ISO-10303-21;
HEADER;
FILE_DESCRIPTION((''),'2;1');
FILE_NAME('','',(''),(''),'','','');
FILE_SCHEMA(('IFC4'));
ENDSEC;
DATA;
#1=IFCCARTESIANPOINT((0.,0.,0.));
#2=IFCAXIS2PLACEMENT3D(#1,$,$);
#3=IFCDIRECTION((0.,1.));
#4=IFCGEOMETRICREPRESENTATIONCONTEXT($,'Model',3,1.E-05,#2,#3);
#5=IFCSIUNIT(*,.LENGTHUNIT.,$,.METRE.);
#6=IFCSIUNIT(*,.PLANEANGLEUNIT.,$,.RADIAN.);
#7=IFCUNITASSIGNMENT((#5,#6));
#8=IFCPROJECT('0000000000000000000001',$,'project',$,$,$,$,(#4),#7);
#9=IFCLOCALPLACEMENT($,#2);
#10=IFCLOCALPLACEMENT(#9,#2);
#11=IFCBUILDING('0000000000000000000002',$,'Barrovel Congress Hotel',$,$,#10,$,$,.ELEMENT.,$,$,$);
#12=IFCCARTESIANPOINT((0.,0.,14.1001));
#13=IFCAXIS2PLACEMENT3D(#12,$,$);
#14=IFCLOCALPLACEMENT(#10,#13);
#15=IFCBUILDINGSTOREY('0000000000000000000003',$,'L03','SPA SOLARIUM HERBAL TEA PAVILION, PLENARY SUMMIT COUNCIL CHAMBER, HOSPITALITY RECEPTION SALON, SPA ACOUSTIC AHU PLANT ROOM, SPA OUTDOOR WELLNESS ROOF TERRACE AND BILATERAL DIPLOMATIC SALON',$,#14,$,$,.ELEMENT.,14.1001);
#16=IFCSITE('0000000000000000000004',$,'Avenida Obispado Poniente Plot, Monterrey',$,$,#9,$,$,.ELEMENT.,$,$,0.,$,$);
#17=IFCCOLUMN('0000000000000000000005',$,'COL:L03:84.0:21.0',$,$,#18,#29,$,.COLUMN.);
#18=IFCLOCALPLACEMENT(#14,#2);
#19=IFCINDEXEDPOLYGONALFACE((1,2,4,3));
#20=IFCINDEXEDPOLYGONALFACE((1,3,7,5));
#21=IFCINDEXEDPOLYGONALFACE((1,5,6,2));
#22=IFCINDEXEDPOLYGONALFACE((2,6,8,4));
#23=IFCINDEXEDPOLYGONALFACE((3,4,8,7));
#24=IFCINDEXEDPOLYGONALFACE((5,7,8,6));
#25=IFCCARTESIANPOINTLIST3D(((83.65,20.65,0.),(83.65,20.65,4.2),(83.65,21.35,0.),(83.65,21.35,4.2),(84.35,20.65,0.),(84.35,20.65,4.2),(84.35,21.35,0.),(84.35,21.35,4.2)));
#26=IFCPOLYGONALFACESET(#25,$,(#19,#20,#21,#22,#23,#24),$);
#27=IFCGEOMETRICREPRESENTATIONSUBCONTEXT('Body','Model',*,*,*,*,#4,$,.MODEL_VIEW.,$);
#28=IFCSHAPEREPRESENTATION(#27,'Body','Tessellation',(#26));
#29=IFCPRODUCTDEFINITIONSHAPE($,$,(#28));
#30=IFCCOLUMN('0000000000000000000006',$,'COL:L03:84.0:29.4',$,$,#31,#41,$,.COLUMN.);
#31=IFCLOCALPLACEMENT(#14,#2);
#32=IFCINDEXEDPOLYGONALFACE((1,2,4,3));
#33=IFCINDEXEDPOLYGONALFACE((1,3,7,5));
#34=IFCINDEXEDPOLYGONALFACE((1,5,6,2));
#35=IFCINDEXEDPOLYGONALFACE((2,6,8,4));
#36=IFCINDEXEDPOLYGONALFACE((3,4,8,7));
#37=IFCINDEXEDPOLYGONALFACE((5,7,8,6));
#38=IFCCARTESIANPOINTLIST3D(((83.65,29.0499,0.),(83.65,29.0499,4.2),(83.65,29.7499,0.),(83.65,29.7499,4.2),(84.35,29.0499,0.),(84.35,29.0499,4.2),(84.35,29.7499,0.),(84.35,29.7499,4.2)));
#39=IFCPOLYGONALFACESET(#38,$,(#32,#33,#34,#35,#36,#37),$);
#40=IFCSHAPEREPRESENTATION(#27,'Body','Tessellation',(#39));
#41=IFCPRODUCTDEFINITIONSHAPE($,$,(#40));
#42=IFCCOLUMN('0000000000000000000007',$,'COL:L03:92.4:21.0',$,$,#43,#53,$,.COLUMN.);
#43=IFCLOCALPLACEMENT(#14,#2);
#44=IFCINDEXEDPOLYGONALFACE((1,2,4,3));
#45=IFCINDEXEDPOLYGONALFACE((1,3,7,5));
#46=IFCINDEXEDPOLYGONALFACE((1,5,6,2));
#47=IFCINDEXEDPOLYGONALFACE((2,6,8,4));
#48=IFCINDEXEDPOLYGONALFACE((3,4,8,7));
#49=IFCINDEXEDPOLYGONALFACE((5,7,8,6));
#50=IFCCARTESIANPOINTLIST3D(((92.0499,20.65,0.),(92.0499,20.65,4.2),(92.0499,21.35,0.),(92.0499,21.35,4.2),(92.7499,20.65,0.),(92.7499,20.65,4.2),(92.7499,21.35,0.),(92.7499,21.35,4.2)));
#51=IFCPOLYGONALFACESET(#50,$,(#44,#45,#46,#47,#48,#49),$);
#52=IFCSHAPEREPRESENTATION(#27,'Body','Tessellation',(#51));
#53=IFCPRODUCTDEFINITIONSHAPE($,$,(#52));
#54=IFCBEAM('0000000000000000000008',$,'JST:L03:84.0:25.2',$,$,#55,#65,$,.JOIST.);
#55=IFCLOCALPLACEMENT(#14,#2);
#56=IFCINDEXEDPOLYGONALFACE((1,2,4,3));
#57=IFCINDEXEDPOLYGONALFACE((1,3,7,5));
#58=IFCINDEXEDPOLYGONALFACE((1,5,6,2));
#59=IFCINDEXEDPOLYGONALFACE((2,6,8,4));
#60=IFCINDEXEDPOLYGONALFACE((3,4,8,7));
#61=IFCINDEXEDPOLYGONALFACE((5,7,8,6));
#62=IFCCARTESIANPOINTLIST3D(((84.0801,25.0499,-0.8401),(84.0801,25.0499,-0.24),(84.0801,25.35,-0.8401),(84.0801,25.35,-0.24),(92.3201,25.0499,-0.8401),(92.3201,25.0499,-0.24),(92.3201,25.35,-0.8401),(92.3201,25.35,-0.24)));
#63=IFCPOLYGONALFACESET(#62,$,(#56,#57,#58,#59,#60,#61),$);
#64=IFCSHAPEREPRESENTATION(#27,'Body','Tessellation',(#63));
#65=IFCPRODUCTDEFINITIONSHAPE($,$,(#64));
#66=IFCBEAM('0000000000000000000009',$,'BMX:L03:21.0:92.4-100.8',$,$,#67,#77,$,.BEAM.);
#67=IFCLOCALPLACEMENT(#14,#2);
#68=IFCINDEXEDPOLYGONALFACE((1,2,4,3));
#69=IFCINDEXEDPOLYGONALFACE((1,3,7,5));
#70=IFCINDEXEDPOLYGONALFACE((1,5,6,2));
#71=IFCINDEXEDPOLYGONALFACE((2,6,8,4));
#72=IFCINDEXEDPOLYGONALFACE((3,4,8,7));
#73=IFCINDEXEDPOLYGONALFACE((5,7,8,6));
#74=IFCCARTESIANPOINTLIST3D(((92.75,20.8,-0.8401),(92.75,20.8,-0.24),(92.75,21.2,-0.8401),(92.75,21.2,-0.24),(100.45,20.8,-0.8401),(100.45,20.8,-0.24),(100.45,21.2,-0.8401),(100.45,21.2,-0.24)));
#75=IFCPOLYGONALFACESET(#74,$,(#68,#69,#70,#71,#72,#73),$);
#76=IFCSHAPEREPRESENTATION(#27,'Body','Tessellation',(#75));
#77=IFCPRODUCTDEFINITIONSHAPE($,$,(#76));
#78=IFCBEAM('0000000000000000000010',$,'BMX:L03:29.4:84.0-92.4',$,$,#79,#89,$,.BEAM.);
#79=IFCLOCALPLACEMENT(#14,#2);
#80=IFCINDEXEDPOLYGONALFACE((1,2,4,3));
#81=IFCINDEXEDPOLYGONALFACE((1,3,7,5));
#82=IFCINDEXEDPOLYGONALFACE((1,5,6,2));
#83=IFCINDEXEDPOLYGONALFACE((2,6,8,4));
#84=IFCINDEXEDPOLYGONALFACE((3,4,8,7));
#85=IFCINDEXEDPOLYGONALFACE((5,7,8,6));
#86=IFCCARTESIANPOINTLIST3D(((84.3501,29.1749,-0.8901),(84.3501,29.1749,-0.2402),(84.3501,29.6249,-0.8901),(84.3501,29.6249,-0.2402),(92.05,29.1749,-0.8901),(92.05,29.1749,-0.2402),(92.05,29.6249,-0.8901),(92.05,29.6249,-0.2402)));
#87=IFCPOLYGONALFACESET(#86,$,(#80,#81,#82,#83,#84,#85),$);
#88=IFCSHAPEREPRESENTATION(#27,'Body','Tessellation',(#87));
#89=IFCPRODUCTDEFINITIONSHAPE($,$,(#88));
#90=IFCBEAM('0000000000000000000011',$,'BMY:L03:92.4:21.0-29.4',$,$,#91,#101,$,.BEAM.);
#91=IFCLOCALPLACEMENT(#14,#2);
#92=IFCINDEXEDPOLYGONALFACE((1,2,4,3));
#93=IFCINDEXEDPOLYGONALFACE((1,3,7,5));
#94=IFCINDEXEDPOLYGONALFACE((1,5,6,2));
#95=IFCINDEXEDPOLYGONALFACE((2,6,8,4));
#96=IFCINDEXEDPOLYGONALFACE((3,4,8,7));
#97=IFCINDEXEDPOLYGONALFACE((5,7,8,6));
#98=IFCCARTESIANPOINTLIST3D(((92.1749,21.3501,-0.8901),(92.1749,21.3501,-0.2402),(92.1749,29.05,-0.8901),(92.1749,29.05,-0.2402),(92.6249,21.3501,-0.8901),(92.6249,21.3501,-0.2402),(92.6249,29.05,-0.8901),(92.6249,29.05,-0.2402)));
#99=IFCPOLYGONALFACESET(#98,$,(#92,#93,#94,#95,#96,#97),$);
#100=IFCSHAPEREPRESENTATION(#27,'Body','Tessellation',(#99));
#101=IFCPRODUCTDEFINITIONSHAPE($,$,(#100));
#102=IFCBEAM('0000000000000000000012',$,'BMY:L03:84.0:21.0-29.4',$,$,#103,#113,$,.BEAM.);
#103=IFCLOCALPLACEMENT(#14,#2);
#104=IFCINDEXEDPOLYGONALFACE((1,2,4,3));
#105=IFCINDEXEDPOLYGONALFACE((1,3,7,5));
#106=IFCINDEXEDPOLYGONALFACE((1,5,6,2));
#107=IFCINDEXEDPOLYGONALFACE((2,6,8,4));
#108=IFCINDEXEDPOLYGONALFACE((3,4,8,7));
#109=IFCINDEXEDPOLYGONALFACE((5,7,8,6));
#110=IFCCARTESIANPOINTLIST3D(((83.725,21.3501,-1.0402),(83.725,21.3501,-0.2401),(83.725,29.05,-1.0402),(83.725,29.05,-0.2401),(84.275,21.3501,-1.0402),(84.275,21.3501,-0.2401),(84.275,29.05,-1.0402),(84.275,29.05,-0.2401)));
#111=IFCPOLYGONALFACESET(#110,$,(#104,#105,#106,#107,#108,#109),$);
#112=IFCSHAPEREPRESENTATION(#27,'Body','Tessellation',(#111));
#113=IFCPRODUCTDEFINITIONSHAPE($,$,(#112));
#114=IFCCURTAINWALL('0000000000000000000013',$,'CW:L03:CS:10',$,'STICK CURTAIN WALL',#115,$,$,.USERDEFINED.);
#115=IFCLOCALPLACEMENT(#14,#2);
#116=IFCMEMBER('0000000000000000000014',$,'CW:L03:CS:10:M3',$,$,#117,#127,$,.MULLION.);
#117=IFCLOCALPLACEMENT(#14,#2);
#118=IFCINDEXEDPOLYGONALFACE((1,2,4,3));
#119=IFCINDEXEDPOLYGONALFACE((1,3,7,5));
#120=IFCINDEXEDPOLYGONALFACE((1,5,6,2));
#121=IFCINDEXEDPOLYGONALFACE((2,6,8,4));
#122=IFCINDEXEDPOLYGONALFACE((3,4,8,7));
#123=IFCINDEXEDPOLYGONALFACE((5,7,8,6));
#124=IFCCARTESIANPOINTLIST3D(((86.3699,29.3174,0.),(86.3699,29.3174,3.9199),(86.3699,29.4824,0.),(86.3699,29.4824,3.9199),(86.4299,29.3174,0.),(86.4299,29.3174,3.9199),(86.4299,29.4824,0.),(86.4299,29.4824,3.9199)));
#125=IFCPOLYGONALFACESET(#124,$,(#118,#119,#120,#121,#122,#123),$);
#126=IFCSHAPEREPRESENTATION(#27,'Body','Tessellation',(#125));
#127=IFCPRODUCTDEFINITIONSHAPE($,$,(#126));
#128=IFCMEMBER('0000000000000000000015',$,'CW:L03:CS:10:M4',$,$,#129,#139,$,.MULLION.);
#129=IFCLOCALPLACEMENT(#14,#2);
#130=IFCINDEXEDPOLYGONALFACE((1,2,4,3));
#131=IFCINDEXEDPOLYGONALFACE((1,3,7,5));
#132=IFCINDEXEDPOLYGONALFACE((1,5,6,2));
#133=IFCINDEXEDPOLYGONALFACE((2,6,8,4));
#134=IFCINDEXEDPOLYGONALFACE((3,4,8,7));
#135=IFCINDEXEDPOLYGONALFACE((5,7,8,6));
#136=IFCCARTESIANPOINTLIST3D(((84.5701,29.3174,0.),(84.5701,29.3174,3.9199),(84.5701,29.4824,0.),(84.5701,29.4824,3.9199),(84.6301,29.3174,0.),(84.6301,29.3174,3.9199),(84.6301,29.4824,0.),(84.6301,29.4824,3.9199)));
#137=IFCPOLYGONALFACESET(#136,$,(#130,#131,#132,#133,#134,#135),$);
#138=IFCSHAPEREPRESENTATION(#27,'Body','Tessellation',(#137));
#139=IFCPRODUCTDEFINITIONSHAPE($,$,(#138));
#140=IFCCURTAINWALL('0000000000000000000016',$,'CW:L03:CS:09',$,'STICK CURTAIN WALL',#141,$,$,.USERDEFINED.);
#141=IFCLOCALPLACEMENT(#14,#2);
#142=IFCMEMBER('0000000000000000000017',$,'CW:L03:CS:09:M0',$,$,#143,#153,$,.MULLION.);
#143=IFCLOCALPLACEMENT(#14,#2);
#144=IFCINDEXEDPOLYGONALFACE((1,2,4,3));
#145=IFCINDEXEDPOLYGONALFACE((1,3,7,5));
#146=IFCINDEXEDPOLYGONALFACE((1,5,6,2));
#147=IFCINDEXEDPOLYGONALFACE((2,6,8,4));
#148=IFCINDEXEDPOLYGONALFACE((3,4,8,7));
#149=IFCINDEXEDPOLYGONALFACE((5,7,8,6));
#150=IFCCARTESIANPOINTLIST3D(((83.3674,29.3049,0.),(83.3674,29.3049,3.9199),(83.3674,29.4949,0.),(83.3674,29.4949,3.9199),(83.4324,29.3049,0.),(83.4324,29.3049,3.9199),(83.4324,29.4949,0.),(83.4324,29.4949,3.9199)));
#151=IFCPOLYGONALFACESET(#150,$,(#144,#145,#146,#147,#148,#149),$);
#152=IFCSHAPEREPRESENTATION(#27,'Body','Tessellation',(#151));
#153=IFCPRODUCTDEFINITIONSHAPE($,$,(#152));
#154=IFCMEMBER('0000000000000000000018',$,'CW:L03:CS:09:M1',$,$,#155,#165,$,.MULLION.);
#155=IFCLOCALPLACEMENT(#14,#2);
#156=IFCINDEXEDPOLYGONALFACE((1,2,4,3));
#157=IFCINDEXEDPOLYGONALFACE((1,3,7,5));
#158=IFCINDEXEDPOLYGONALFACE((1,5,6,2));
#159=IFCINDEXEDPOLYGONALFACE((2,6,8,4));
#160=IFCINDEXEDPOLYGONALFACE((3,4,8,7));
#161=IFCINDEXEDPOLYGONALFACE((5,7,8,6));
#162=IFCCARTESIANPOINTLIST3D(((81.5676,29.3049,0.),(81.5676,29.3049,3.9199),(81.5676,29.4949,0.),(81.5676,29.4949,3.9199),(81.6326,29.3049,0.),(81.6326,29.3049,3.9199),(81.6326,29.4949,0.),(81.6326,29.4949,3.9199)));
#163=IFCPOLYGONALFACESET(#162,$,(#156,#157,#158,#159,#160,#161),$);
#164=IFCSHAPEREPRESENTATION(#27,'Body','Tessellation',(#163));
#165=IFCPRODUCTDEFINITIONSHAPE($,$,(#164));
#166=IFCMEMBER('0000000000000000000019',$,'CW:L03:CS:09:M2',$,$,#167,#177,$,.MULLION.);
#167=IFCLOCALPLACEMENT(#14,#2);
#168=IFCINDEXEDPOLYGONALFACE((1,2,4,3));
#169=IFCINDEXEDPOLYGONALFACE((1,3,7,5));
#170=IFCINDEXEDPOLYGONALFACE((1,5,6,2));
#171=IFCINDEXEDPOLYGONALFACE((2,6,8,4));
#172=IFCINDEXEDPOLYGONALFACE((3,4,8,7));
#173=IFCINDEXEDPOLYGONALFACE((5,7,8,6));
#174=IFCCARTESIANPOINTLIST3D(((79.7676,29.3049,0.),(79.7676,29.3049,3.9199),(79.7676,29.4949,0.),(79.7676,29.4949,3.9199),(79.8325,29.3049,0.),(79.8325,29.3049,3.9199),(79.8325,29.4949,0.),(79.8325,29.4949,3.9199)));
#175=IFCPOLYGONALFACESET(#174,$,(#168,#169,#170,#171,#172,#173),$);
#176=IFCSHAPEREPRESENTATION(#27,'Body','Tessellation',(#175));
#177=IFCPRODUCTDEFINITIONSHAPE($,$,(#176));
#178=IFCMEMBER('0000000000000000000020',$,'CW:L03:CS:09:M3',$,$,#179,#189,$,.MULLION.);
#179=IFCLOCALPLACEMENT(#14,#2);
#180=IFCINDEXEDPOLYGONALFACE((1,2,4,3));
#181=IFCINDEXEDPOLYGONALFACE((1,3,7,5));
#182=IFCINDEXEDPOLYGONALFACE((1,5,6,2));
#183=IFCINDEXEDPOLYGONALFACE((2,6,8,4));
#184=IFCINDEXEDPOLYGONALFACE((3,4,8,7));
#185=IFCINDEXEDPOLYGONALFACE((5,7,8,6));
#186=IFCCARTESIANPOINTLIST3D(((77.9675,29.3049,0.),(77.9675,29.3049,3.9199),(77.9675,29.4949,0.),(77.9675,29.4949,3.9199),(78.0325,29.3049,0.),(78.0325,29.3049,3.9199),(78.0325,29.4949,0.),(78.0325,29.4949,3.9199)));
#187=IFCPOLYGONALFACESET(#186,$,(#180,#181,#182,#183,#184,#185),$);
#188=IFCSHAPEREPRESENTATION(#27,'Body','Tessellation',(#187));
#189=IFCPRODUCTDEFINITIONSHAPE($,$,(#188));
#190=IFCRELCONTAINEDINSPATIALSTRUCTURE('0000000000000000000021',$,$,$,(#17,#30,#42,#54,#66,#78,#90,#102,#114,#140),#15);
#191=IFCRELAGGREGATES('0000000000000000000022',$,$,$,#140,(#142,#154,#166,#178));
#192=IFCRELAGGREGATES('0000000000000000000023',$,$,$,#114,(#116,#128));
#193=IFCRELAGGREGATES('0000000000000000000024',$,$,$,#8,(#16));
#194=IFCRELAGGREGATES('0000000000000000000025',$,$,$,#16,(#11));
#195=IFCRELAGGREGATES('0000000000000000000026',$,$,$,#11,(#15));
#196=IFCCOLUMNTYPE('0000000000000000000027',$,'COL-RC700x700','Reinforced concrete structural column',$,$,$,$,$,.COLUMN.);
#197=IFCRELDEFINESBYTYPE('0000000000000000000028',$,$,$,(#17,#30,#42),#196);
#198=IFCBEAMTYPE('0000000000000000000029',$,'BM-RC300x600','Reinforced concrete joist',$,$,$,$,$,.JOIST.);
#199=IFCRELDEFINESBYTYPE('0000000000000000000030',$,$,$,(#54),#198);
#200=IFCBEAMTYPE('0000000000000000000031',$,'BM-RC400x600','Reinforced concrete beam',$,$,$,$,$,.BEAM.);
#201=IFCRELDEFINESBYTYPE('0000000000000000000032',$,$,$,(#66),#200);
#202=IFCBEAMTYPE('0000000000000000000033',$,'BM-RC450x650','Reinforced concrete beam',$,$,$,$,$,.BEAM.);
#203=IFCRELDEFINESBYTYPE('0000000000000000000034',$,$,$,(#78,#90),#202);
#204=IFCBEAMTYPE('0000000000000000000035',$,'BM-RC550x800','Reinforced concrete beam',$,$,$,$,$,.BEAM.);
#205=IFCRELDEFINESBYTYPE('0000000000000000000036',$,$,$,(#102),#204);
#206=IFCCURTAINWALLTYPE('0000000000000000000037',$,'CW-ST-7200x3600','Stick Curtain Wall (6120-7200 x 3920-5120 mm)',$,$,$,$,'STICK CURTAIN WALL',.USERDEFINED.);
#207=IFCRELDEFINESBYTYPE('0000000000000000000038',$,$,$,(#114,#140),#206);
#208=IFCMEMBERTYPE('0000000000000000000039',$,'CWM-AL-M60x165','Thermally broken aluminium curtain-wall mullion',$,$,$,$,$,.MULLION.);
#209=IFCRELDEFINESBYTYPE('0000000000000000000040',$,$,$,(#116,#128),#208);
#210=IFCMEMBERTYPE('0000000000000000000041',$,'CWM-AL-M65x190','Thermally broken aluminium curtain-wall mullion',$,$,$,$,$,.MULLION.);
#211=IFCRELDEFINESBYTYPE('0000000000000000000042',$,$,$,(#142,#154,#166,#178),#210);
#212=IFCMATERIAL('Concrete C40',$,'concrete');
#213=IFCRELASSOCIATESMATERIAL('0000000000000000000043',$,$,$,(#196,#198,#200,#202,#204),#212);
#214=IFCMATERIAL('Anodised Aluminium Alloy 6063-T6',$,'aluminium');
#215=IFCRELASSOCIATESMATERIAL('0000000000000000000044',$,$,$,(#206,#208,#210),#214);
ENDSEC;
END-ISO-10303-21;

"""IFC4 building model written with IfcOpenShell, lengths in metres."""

from ifc_helpers import new_model, si_unit, direction, frame, origin, origin_2d, place, context, subcontext, project, spatial, rectangle, extrude, material, material_profile, profile_set, type_object, element, aggregate, save


model = new_model("IFC4")

# Units and contexts
model_context = context("Model", 3, precision=1e-05, world=origin(), true_north=direction((0.0, 1.0)))
body_context = subcontext(model_context, "Body", "Model", "MODEL_VIEW")
ifc_project = project(units=[si_unit("LENGTHUNIT", "METRE"), si_unit("PLANEANGLEUNIT", "RADIAN")], contexts=[model_context])

# Site, building, storey
site_placement = place(None, origin())
site = spatial("IfcSite", under=ifc_project, at=site_placement, Name="Avenida Obispado Poniente Plot, Monterrey", CompositionType="ELEMENT", RefElevation=0.0)
building_placement = place(site_placement, origin())
building = spatial("IfcBuilding", under=site, at=building_placement, Name="Barrovel Congress Hotel", CompositionType="ELEMENT")
storey_placement = place(building_placement, frame((0.0, 0.0, 14.1001)))
storey = spatial("IfcBuildingStorey", under=building, at=storey_placement, Name="L03", Description="SPA SOLARIUM HERBAL TEA PAVILION, PLENARY SUMMIT COUNCIL CHAMBER, HOSPITALITY RECEPTION SALON, SPA ACOUSTIC AHU PLANT ROOM, SPA OUTDOOR WELLNESS ROOF TERRACE AND BILATERAL DIPLOMATIC SALON", CompositionType="ELEMENT", Elevation=14.1001)

# Columns
ifc_material_1 = material(Name="Concrete C40", Category="concrete")
ifc_material_profile_1 = material_profile(ifc_material_1, rectangle(XDim=0.7, YDim=0.7, at=origin_2d()), Name="RC700x700")
ifc_profile_set_1 = profile_set([ifc_material_profile_1], Name="Concrete C40")
column_type = type_object("IfcColumnType", Name="COL-RC700x700", Description="Reinforced concrete structural column", PredefinedType="COLUMN", material=ifc_profile_set_1)
for number, where, z_axis, x_axis, name in (
    (1, (84.0, 21.0, 0.0), (0.0, 0.0, 1.0), (1.0, 0.0, 0.0), "COL:L03:84.0:21.0"),
    (2, (84.0, 29.3999, 0.0), (0.0, 0.0, 1.0), (1.0, 0.0, 0.0), "COL:L03:84.0:29.4"),
    (3, (92.3999, 21.0, 0.0), (0.0, 0.0, 1.0), (1.0, 0.0, 0.0), "COL:L03:92.4:21.0"),
):
    element("IfcColumn", number, at=place(storey_placement, frame(where, z_axis=z_axis, x_axis=x_axis)), inside=storey, type_object=column_type, Name=name, PredefinedType="COLUMN", context=body_context, shape_type="SweptSolid", body=[
        extrude(rectangle(XDim=0.7, YDim=0.7, at=origin_2d()), origin(), (0.0, 0.0, 1.0), 4.2),
    ])

# Beams
ifc_material_profile_2 = material_profile(ifc_material_1, rectangle(XDim=0.3, YDim=0.6001, at=origin_2d()), Name="RC300x600")
ifc_profile_set_2 = profile_set([ifc_material_profile_2], Name="Concrete C40")
beam_type_1 = type_object("IfcBeamType", Name="BM-RC300x600", Description="Reinforced concrete joist", PredefinedType="JOIST", material=ifc_profile_set_2)
beam_1_placement = place(storey_placement, frame((84.0801, 25.2, -0.54), z_axis=(1.0, 0.0, 0.0), x_axis=(0.0, 1.0, 0.0)))
element("IfcBeam", 4, at=beam_1_placement, inside=storey, type_object=beam_type_1, Name="JST:L03:84.0:25.2", PredefinedType="JOIST", context=body_context, shape_type="SweptSolid", body=[
    extrude(rectangle(XDim=0.3, YDim=0.6001, at=origin_2d()), origin(), (0.0, 0.0, 1.0), 8.24),
])
ifc_material_profile_3 = material_profile(ifc_material_1, rectangle(XDim=0.3999, YDim=0.6001, at=origin_2d()), Name="RC400x600")
ifc_profile_set_3 = profile_set([ifc_material_profile_3], Name="Concrete C40")
beam_type_2 = type_object("IfcBeamType", Name="BM-RC400x600", Description="Reinforced concrete beam", PredefinedType="BEAM", material=ifc_profile_set_3)
beam_2_placement = place(storey_placement, frame((92.75, 21.0, -0.54), z_axis=(1.0, 0.0, 0.0), x_axis=(0.0, 1.0, 0.0)))
element("IfcBeam", 5, at=beam_2_placement, inside=storey, type_object=beam_type_2, Name="BMX:L03:21.0:92.4-100.8", PredefinedType="BEAM", context=body_context, shape_type="SweptSolid", body=[
    extrude(rectangle(XDim=0.3999, YDim=0.6001, at=origin_2d()), origin(), (0.0, 0.0, 1.0), 7.7),
])
ifc_material_profile_4 = material_profile(ifc_material_1, rectangle(XDim=0.45, YDim=0.6499, at=origin_2d()), Name="RC450x650")
ifc_profile_set_4 = profile_set([ifc_material_profile_4], Name="Concrete C40")
beam_type_3 = type_object("IfcBeamType", Name="BM-RC450x650", Description="Reinforced concrete beam", PredefinedType="BEAM", material=ifc_profile_set_4)
for number, where, z_axis, x_axis, name in (
    (6, (84.3501, 29.3999, -0.5652), (1.0, 0.0, 0.0), (0.0, 1.0, 0.0), "BMX:L03:29.4:84.0-92.4"),
    (7, (92.3999, 21.3501, -0.5652), (0.0, 1.0, 0.0), (-1.0, 0.0, 0.0), "BMY:L03:92.4:21.0-29.4"),
):
    element("IfcBeam", number, at=place(storey_placement, frame(where, z_axis=z_axis, x_axis=x_axis)), inside=storey, type_object=beam_type_3, Name=name, PredefinedType="BEAM", context=body_context, shape_type="SweptSolid", body=[
        extrude(rectangle(XDim=0.45, YDim=0.6499, at=origin_2d()), origin(), (0.0, 0.0, 1.0), 7.7),
    ])
ifc_material_profile_5 = material_profile(ifc_material_1, rectangle(XDim=0.55, YDim=0.8, at=origin_2d()), Name="RC550x800")
ifc_profile_set_5 = profile_set([ifc_material_profile_5], Name="Concrete C40")
beam_type_4 = type_object("IfcBeamType", Name="BM-RC550x800", Description="Reinforced concrete beam", PredefinedType="BEAM", material=ifc_profile_set_5)
beam_3_placement = place(storey_placement, frame((84.0, 21.3501, -0.6401), z_axis=(0.0, 1.0, 0.0), x_axis=(-1.0, 0.0, 0.0)))
element("IfcBeam", 8, at=beam_3_placement, inside=storey, type_object=beam_type_4, Name="BMY:L03:84.0:21.0-29.4", PredefinedType="BEAM", context=body_context, shape_type="SweptSolid", body=[
    extrude(rectangle(XDim=0.55, YDim=0.8, at=origin_2d()), origin(), (0.0, 0.0, 1.0), 7.7),
])

# Curtain walls, members
ifc_material_2 = material(Name="Anodised Aluminium Alloy 6063-T6", Category="aluminium")
curtain_wall_type = type_object("IfcCurtainWallType", Name="CW-ST-7200x3600", Description="Stick Curtain Wall (6120-7200 x 3920-5120 mm)", ElementType="STICK CURTAIN WALL", PredefinedType="USERDEFINED", material=ifc_material_2)
curtain_wall_1_placement = place(storey_placement, origin())
curtain_wall_1 = element("IfcCurtainWall", 9, at=curtain_wall_1_placement, inside=storey, type_object=curtain_wall_type, Name="CW:L03:CS:10", ObjectType="STICK CURTAIN WALL", PredefinedType="USERDEFINED")
ifc_material_profile_6 = material_profile(ifc_material_2, rectangle(XDim=0.0601, YDim=0.165, at=origin_2d()), Name="AL-M60x165")
ifc_profile_set_6 = profile_set([ifc_material_profile_6], Name="Anodised Aluminium Alloy 6063-T6")
member_type_1 = type_object("IfcMemberType", Name="CWM-AL-M60x165", Description="Thermally broken aluminium curtain-wall mullion", PredefinedType="MULLION", material=ifc_profile_set_6)
member_1_placement = place(storey_placement, frame((86.3999, 29.3999, 0.0), z_axis=(0.0, 0.0, 1.0), x_axis=(1.0, 0.0, 0.0)))
member_1 = element("IfcMember", 10, at=member_1_placement, type_object=member_type_1, Name="CW:L03:CS:10:M3", PredefinedType="MULLION", context=body_context, shape_type="SweptSolid", body=[
    extrude(rectangle(XDim=0.0601, YDim=0.165, at=origin_2d()), origin(), (0.0, 0.0, 1.0), 3.9199),
])
member_2_placement = place(storey_placement, frame((84.6001, 29.3999, 0.0), z_axis=(0.0, 0.0, 1.0), x_axis=(1.0, 0.0, 0.0)))
member_2 = element("IfcMember", 11, at=member_2_placement, type_object=member_type_1, Name="CW:L03:CS:10:M4", PredefinedType="MULLION", context=body_context, shape_type="SweptSolid", body=[
    extrude(rectangle(XDim=0.0601, YDim=0.165, at=origin_2d()), origin(), (0.0, 0.0, 1.0), 3.9199),
])
curtain_wall_2_placement = place(storey_placement, origin())
curtain_wall_2 = element("IfcCurtainWall", 12, at=curtain_wall_2_placement, inside=storey, type_object=curtain_wall_type, Name="CW:L03:CS:09", ObjectType="STICK CURTAIN WALL", PredefinedType="USERDEFINED")
ifc_material_profile_7 = material_profile(ifc_material_2, rectangle(XDim=0.0649, YDim=0.1899, at=origin_2d()), Name="AL-M65x190")
ifc_profile_set_7 = profile_set([ifc_material_profile_7], Name="Anodised Aluminium Alloy 6063-T6")
member_type_2 = type_object("IfcMemberType", Name="CWM-AL-M65x190", Description="Thermally broken aluminium curtain-wall mullion", PredefinedType="MULLION", material=ifc_profile_set_7)
member_3_placement = place(storey_placement, frame((83.3999, 29.3999, 0.0), z_axis=(0.0, 0.0, 1.0), x_axis=(1.0, 0.0, 0.0)))
member_3 = element("IfcMember", 13, at=member_3_placement, type_object=member_type_2, Name="CW:L03:CS:09:M0", PredefinedType="MULLION", context=body_context, shape_type="SweptSolid", body=[
    extrude(rectangle(XDim=0.0649, YDim=0.1899, at=origin_2d()), origin(), (0.0, 0.0, 1.0), 3.9199),
])
member_4_placement = place(storey_placement, frame((81.6001, 29.3999, 0.0), z_axis=(0.0, 0.0, 1.0), x_axis=(1.0, 0.0, 0.0)))
member_4 = element("IfcMember", 14, at=member_4_placement, type_object=member_type_2, Name="CW:L03:CS:09:M1", PredefinedType="MULLION", context=body_context, shape_type="SweptSolid", body=[
    extrude(rectangle(XDim=0.0649, YDim=0.1899, at=origin_2d()), origin(), (0.0, 0.0, 1.0), 3.9199),
])
member_5_placement = place(storey_placement, frame((79.8, 29.3999, 0.0), z_axis=(0.0, 0.0, 1.0), x_axis=(1.0, 0.0, 0.0)))
member_5 = element("IfcMember", 15, at=member_5_placement, type_object=member_type_2, Name="CW:L03:CS:09:M2", PredefinedType="MULLION", context=body_context, shape_type="SweptSolid", body=[
    extrude(rectangle(XDim=0.0649, YDim=0.1899, at=origin_2d()), origin(), (0.0, 0.0, 1.0), 3.9199),
])
member_6_placement = place(storey_placement, frame((78.0, 29.3999, 0.0), z_axis=(0.0, 0.0, 1.0), x_axis=(1.0, 0.0, 0.0)))
member_6 = element("IfcMember", 16, at=member_6_placement, type_object=member_type_2, Name="CW:L03:CS:09:M3", PredefinedType="MULLION", context=body_context, shape_type="SweptSolid", body=[
    extrude(rectangle(XDim=0.0649, YDim=0.1899, at=origin_2d()), origin(), (0.0, 0.0, 1.0), 3.9199),
])

aggregate(curtain_wall_2, [member_3, member_4, member_5, member_6])
aggregate(curtain_wall_1, [member_1, member_2])

save(model, "model.ifc")
